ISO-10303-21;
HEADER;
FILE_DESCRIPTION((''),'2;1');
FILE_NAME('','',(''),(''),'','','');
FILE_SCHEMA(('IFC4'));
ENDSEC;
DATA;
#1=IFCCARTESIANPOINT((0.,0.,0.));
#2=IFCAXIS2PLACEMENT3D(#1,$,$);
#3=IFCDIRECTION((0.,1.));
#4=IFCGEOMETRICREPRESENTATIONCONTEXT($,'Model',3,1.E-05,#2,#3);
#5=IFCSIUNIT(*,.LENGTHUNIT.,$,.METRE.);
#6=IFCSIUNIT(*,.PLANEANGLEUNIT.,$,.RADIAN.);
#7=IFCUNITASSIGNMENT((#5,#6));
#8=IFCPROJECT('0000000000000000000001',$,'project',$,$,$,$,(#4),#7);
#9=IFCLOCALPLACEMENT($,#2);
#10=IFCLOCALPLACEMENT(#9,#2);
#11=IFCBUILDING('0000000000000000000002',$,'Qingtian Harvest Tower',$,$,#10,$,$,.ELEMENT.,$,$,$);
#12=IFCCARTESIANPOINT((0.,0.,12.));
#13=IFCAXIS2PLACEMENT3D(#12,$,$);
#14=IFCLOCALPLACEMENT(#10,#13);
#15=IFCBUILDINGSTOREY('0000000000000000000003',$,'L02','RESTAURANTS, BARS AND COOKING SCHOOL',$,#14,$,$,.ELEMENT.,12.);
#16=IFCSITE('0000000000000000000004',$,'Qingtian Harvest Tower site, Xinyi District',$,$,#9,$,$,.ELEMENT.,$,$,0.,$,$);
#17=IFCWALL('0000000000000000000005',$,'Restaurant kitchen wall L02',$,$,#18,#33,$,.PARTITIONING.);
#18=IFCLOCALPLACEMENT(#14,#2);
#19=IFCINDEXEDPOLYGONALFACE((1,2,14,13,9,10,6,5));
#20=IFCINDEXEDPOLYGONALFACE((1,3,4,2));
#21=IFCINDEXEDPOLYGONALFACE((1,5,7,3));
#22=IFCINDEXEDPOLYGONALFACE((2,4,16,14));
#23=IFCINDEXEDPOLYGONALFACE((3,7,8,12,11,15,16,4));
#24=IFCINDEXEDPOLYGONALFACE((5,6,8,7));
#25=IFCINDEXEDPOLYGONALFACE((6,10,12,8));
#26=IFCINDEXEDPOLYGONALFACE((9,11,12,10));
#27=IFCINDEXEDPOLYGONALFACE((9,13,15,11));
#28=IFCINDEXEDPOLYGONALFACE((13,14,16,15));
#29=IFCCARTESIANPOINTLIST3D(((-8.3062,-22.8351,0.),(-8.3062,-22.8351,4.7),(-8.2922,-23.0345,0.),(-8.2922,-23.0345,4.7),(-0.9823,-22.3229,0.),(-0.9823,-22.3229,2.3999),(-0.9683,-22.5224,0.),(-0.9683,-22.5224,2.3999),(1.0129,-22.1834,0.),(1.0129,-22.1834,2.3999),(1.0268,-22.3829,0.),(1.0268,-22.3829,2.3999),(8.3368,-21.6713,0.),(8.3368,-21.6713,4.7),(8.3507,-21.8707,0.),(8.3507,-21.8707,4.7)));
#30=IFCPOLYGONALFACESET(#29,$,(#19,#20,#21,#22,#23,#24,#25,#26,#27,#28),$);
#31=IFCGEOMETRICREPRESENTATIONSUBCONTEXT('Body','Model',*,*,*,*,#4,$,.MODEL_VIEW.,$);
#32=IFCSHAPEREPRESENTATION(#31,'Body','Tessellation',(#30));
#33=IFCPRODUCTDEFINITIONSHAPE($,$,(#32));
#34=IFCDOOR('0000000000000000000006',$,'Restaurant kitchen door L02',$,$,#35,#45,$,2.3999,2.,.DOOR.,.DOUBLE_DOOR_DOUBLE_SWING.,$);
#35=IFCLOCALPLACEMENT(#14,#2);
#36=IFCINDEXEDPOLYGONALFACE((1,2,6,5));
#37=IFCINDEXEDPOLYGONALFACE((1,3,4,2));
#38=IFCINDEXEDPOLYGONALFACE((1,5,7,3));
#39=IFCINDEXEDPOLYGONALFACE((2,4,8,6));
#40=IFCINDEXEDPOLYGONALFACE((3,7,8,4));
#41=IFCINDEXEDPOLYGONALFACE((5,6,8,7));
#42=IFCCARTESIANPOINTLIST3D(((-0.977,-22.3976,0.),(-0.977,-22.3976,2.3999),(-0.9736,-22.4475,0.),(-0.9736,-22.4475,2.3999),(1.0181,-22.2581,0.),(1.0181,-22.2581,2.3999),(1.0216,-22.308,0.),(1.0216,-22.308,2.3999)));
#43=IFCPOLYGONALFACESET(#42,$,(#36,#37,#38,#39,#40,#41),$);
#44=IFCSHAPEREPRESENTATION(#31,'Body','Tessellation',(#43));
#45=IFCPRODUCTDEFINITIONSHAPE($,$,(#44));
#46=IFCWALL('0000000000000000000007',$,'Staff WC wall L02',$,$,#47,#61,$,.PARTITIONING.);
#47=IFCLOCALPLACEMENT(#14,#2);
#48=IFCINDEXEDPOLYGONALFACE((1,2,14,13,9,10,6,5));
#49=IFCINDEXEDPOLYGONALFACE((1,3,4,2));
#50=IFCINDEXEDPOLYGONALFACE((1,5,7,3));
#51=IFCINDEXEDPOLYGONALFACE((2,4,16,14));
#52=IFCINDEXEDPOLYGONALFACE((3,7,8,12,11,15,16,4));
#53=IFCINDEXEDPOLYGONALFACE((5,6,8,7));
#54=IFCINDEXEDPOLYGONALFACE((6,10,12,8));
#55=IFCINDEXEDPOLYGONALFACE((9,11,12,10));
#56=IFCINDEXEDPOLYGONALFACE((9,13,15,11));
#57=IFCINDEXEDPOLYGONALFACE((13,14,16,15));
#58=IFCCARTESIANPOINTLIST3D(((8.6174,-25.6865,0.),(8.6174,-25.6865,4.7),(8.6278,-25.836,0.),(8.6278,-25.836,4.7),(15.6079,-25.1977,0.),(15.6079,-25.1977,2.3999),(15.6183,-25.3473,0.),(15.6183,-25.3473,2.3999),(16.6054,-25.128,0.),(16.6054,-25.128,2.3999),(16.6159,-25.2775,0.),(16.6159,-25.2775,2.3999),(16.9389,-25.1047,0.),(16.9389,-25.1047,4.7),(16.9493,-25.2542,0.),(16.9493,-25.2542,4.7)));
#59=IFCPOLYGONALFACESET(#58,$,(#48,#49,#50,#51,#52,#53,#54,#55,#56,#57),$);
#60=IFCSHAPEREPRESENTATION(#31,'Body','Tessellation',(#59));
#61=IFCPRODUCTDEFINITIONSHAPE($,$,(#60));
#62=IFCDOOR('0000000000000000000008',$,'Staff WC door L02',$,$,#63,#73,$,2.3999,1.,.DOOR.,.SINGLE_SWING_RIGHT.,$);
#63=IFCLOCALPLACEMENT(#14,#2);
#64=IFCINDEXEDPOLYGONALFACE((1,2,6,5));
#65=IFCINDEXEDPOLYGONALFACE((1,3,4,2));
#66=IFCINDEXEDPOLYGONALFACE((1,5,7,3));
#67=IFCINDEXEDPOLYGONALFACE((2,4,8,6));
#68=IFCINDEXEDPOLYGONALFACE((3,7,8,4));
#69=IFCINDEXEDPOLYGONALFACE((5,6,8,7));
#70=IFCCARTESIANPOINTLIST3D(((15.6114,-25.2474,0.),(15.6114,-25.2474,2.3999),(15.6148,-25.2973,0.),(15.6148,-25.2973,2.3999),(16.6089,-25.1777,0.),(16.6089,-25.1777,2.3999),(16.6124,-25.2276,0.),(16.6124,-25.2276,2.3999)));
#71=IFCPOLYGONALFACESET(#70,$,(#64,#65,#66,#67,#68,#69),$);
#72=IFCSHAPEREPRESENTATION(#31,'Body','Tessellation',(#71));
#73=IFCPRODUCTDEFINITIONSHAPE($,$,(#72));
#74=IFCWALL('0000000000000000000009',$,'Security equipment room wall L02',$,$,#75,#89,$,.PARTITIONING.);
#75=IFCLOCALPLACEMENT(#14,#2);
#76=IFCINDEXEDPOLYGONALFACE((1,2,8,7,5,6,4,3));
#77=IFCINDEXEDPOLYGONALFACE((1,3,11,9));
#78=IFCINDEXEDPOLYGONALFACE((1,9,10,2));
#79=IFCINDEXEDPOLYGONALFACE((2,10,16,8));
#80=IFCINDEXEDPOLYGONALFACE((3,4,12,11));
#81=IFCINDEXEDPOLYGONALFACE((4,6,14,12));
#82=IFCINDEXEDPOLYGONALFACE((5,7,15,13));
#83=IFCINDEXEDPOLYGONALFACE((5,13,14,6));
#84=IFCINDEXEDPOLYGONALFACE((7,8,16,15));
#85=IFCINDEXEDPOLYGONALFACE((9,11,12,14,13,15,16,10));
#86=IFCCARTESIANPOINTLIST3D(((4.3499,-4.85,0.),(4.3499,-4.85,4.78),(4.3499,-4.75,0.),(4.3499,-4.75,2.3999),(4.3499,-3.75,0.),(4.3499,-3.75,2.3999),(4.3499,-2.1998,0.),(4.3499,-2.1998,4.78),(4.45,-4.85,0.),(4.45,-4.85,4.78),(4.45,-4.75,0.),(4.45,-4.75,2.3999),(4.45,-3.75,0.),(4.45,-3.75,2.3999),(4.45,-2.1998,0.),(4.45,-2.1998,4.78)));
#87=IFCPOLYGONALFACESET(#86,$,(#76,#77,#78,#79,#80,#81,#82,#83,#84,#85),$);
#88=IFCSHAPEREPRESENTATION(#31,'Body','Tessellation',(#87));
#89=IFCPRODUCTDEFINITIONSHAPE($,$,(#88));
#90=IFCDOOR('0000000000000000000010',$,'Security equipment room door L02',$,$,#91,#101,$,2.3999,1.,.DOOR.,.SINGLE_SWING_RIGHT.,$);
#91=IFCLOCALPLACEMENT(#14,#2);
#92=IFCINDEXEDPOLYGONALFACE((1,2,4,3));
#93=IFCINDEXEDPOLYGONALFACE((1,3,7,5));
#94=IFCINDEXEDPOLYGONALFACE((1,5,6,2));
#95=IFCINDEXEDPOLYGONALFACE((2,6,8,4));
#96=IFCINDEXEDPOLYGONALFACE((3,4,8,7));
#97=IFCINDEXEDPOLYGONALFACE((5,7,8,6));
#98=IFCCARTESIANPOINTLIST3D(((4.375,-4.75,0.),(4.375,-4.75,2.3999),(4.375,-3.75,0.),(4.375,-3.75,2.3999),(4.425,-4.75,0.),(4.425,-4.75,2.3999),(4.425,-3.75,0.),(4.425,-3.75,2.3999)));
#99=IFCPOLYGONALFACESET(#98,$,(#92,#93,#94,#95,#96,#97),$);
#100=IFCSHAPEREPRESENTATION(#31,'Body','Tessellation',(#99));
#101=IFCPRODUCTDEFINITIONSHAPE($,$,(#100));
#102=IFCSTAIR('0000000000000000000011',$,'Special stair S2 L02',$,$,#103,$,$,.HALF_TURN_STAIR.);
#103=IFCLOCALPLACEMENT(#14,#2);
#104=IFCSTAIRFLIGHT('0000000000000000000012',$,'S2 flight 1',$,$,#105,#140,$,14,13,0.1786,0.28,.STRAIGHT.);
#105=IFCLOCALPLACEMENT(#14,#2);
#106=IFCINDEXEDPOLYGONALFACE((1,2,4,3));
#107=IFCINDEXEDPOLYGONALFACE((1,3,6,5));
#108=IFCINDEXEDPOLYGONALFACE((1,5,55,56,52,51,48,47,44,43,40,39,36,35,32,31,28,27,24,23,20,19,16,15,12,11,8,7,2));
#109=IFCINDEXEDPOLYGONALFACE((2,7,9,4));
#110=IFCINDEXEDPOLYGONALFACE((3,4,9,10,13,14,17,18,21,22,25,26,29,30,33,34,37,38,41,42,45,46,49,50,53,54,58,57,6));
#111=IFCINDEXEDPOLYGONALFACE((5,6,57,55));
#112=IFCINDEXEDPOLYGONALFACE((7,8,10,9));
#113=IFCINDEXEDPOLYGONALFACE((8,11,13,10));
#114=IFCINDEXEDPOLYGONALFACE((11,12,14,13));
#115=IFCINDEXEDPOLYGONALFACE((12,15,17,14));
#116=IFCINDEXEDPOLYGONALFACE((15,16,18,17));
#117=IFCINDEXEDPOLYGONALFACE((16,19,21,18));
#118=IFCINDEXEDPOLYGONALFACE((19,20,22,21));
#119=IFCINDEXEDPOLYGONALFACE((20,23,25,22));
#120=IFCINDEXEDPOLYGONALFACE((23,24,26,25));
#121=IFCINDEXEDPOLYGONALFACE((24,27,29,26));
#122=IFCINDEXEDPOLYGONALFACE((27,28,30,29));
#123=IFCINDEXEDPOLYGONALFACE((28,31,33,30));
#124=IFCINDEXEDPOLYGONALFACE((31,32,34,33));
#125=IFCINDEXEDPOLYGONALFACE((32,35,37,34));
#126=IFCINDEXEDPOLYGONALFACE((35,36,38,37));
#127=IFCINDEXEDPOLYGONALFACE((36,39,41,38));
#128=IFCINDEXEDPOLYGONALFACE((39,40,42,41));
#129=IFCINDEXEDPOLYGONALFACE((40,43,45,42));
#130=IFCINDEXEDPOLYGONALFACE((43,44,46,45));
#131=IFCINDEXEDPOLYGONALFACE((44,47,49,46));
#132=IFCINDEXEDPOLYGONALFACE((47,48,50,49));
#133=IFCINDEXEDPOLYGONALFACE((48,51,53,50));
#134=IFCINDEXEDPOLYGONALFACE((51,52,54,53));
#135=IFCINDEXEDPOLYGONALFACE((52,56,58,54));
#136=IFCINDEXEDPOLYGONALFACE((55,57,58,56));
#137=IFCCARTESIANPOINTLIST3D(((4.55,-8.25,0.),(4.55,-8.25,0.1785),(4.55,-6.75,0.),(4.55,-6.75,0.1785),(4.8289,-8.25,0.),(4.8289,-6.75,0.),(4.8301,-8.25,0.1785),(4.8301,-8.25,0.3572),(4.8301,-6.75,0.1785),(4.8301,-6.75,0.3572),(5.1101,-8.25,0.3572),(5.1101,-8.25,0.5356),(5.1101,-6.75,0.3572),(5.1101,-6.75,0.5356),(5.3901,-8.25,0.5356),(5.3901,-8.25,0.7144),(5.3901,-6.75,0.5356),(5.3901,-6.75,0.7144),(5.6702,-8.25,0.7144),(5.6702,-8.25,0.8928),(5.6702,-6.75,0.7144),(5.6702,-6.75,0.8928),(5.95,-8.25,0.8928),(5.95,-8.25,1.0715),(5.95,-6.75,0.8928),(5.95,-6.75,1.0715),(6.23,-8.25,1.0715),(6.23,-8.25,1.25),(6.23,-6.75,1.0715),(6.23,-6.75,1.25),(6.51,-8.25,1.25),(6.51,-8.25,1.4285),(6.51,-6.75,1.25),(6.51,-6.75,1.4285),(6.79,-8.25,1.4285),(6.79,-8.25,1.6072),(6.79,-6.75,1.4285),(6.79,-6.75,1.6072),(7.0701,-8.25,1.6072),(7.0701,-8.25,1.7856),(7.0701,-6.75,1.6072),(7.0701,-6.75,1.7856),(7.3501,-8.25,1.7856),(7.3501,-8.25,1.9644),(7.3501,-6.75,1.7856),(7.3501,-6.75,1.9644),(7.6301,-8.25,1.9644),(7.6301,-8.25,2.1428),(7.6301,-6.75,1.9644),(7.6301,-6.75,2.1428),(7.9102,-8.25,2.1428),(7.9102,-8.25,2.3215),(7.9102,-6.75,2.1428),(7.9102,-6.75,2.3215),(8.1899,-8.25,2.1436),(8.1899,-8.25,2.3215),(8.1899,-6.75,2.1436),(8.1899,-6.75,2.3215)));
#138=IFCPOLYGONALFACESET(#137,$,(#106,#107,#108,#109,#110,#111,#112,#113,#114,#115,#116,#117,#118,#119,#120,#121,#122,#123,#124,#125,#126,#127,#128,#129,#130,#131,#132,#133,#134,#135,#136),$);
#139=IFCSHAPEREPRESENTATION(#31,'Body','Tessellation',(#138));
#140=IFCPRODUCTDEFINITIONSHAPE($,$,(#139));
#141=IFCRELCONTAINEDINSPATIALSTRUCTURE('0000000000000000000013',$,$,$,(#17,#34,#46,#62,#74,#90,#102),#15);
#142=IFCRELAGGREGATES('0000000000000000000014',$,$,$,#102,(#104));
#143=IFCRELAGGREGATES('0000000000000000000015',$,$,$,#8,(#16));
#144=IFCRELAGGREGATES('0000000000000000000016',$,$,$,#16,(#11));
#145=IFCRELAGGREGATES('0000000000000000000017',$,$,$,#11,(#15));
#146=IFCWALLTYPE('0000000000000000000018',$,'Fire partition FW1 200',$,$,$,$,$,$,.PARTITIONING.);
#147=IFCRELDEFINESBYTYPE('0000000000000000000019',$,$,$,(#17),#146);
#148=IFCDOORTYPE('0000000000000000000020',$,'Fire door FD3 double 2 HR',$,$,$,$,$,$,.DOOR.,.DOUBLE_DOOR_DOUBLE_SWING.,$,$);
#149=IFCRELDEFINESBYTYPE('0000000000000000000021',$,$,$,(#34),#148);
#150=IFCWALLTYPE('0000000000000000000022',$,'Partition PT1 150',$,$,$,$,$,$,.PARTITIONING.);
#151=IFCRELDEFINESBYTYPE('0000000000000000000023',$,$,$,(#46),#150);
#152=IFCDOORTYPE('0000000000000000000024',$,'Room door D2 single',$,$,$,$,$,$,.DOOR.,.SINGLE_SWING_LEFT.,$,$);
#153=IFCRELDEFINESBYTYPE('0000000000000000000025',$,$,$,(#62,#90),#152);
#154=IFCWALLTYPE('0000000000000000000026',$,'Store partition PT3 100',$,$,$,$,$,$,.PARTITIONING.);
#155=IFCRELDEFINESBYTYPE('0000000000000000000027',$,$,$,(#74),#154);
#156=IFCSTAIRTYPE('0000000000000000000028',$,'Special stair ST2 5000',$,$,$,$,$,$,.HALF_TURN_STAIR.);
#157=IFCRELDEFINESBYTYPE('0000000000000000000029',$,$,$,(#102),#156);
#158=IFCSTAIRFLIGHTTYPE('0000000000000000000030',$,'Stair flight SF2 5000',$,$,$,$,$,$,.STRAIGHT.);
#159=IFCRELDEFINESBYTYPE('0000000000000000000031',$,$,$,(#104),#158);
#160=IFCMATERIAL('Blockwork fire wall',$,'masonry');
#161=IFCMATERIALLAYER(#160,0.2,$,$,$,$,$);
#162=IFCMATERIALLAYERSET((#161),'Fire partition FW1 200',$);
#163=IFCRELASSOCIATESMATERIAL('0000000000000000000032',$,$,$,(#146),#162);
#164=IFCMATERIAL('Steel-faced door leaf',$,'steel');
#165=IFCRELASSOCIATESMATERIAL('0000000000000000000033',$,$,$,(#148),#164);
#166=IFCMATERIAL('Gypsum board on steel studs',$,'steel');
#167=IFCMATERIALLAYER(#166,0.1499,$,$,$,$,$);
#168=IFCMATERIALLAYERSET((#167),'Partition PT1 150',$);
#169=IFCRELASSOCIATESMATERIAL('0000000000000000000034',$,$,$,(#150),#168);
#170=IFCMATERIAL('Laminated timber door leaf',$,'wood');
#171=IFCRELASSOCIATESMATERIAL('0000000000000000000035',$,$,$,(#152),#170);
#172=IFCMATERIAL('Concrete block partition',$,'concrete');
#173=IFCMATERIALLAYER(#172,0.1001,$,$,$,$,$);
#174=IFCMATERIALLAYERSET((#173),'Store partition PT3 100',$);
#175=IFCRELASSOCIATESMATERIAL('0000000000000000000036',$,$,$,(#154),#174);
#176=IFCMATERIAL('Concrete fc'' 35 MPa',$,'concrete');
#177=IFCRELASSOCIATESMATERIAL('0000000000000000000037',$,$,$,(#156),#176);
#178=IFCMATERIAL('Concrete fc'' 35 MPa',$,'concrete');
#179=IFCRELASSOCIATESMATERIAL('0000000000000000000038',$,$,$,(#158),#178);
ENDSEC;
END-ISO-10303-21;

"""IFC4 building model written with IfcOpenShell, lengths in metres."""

from ifc_helpers import new_model, si_unit, direction, frame, frame_2d, origin, place, context, subcontext, project, spatial, polyline, rectangle, outline, extrude, material, layer, layer_set, type_object, element, fill, aggregate, save


model = new_model("IFC4")

# Units and contexts
model_context = context("Model", 3, precision=1e-05, world=origin(), true_north=direction((0.0, 1.0)))
body_context = subcontext(model_context, "Body", "Model", "MODEL_VIEW")
ifc_project = project(units=[si_unit("LENGTHUNIT", "METRE"), si_unit("PLANEANGLEUNIT", "RADIAN")], contexts=[model_context])

# Site, building, storey
site_placement = place(None, origin())
site = spatial("IfcSite", under=ifc_project, at=site_placement, Name="Qingtian Harvest Tower site, Xinyi District", CompositionType="ELEMENT", RefElevation=0.0)
building_placement = place(site_placement, origin())
building = spatial("IfcBuilding", under=site, at=building_placement, Name="Qingtian Harvest Tower", CompositionType="ELEMENT")
storey_placement = place(building_placement, frame((0.0, 0.0, 12.0)))
storey = spatial("IfcBuildingStorey", under=building, at=storey_placement, Name="L02", Description="RESTAURANTS, BARS AND COOKING SCHOOL", CompositionType="ELEMENT", Elevation=12.0)

# Walls, openings, doors
ifc_material_1 = material(Name="Blockwork fire wall", Category="masonry")
ifc_layer_1 = layer(ifc_material_1, 0.2)
ifc_layer_set_1 = layer_set([ifc_layer_1], Name="Fire partition FW1 200")
wall_type_1 = type_object("IfcWallType", Name="Fire partition FW1 200", PredefinedType="PARTITIONING", material=ifc_layer_set_1)
wall_1_placement = place(storey_placement, frame((8.3438, -21.771, 0.0), z_axis=(0.0, 0.0, 1.0), x_axis=(-0.997564, -0.069758, 0.0)))
wall_1 = element("IfcWall", 1, at=wall_1_placement, inside=storey, type_object=wall_type_1, Name="Restaurant kitchen wall L02", PredefinedType="PARTITIONING", context=body_context, shape_type="SweptSolid", body=[
    extrude(rectangle(XDim=16.6836, YDim=0.2, at=frame_2d((8.3418, 0.0))), origin(), (0.0, 0.0, 1.0), 4.7),
])
opening_1_placement = place(wall_1_placement, frame((7.3418, 0.0, 0.0)))
opening_1 = element("IfcOpeningElement", 2, at=opening_1_placement, cuts=wall_1, PredefinedType="OPENING", context=body_context, shape_type="SweptSolid", body=[
    extrude(rectangle(XDim=2.0, YDim=2.3999, at=frame_2d((1.0, 1.2))), frame((0.0, 0.1099, 0.0), z_axis=(0.0, -1.0, 0.0), x_axis=(1.0, 0.0, 0.0)), (0.0, 0.0, 1.0), 0.22),
])
ifc_material_2 = material(Name="Steel-faced door leaf", Category="steel")
door_type_1 = type_object("IfcDoorType", Name="Fire door FD3 double 2 HR", OperationType="DOUBLE_DOOR_DOUBLE_SWING", PredefinedType="DOOR", material=ifc_material_2)
door_1_placement = place(opening_1_placement, origin())
door_1 = element("IfcDoor", 3, at=door_1_placement, inside=storey, type_object=door_type_1, Name="Restaurant kitchen door L02", OperationType="DOUBLE_DOOR_DOUBLE_SWING", OverallHeight=2.3999, OverallWidth=2.0, PredefinedType="DOOR", context=body_context, shape_type="SweptSolid", body=[
    extrude(rectangle(XDim=2.0, YDim=2.3999, at=frame_2d((1.0, 1.2))), frame((0.0, 0.0249, 0.0), z_axis=(0.0, -1.0, 0.0), x_axis=(1.0, 0.0, 0.0)), (0.0, 0.0, 1.0), 0.05),
])
fill(opening_1, door_1)
ifc_material_3 = material(Name="Gypsum board on steel studs", Category="steel")
ifc_layer_2 = layer(ifc_material_3, 0.1499)
ifc_layer_set_2 = layer_set([ifc_layer_2], Name="Partition PT1 150")
wall_type_2 = type_object("IfcWallType", Name="Partition PT1 150", PredefinedType="PARTITIONING", material=ifc_layer_set_2)
wall_2_placement = place(storey_placement, frame((16.9441, -25.1794, 0.0), z_axis=(0.0, 0.0, 1.0), x_axis=(-0.997565, -0.069743, 0.0)))
wall_2 = element("IfcWall", 4, at=wall_2_placement, inside=storey, type_object=wall_type_2, Name="Staff WC wall L02", PredefinedType="PARTITIONING", context=body_context, shape_type="SweptSolid", body=[
    extrude(rectangle(XDim=8.3418, YDim=0.1499, at=frame_2d((4.1709, 0.0))), origin(), (0.0, 0.0, 1.0), 4.7),
])
opening_2_placement = place(wall_2_placement, frame((0.3342, 0.0, 0.0)))
opening_2 = element("IfcOpeningElement", 5, at=opening_2_placement, cuts=wall_2, PredefinedType="OPENING", context=body_context, shape_type="SweptSolid", body=[
    extrude(rectangle(XDim=1.0, YDim=2.3999, at=frame_2d((0.5, 1.2))), frame((0.0, 0.085, 0.0), z_axis=(0.0, -1.0, 0.0), x_axis=(1.0, 0.0, 0.0)), (0.0, 0.0, 1.0), 0.1699),
])
ifc_material_4 = material(Name="Laminated timber door leaf", Category="wood")
door_type_2 = type_object("IfcDoorType", Name="Room door D2 single", OperationType="SINGLE_SWING_LEFT", PredefinedType="DOOR", material=ifc_material_4)
door_2_placement = place(opening_2_placement, origin())
door_2 = element("IfcDoor", 6, at=door_2_placement, inside=storey, type_object=door_type_2, Name="Staff WC door L02", OperationType="SINGLE_SWING_RIGHT", OverallHeight=2.3999, OverallWidth=1.0, PredefinedType="DOOR", context=body_context, shape_type="SweptSolid", body=[
    extrude(rectangle(XDim=1.0, YDim=2.3999, at=frame_2d((0.5, 1.2))), frame((0.0, 0.0249, 0.0), z_axis=(0.0, -1.0, 0.0), x_axis=(1.0, 0.0, 0.0)), (0.0, 0.0, 1.0), 0.05),
])
fill(opening_2, door_2)
ifc_material_5 = material(Name="Concrete block partition", Category="concrete")
ifc_layer_3 = layer(ifc_material_5, 0.1001)
ifc_layer_set_3 = layer_set([ifc_layer_3], Name="Store partition PT3 100")
wall_type_3 = type_object("IfcWallType", Name="Store partition PT3 100", PredefinedType="PARTITIONING", material=ifc_layer_set_3)
wall_3_placement = place(storey_placement, frame((4.3999, -4.8501, 0.0), z_axis=(0.0, 0.0, 1.0), x_axis=(0.0, 1.0, 0.0)))
wall_3 = element("IfcWall", 7, at=wall_3_placement, inside=storey, type_object=wall_type_3, Name="Security equipment room wall L02", PredefinedType="PARTITIONING", context=body_context, shape_type="SweptSolid", body=[
    extrude(rectangle(XDim=2.6501, YDim=0.1001, at=frame_2d((1.3252, 0.0))), origin(), (0.0, 0.0, 1.0), 4.78),
])
opening_3_placement = place(wall_3_placement, frame((0.1001, 0.0, 0.0)))
opening_3 = element("IfcOpeningElement", 8, at=opening_3_placement, cuts=wall_3, PredefinedType="OPENING", context=body_context, shape_type="SweptSolid", body=[
    extrude(rectangle(XDim=1.0, YDim=2.3999, at=frame_2d((0.5, 1.2))), frame((0.0, 0.0601, 0.0), z_axis=(0.0, -1.0, 0.0), x_axis=(1.0, 0.0, 0.0)), (0.0, 0.0, 1.0), 0.1201),
])
door_3_placement = place(opening_3_placement, origin())
door_3 = element("IfcDoor", 9, at=door_3_placement, inside=storey, type_object=door_type_2, Name="Security equipment room door L02", OperationType="SINGLE_SWING_RIGHT", OverallHeight=2.3999, OverallWidth=1.0, PredefinedType="DOOR", context=body_context, shape_type="SweptSolid", body=[
    extrude(rectangle(XDim=1.0, YDim=2.3999, at=frame_2d((0.5, 1.2))), frame((0.0, 0.0249, 0.0), z_axis=(0.0, -1.0, 0.0), x_axis=(1.0, 0.0, 0.0)), (0.0, 0.0, 1.0), 0.05),
])
fill(opening_3, door_3)

# Stair, stair flight
ifc_material_6 = material(Name="Concrete fc' 35 MPa", Category="concrete")
stair_type = type_object("IfcStairType", Name="Special stair ST2 5000", PredefinedType="HALF_TURN_STAIR", material=ifc_material_6)
stair_placement = place(storey_placement, origin())
stair = element("IfcStair", 10, at=stair_placement, inside=storey, type_object=stair_type, Name="Special stair S2 L02", PredefinedType="HALF_TURN_STAIR")
ifc_material_7 = material(Name="Concrete fc' 35 MPa", Category="concrete")
stair_flight_type = type_object("IfcStairFlightType", Name="Stair flight SF2 5000", PredefinedType="STRAIGHT", material=ifc_material_7)
stair_flight_1_placement = place(storey_placement, frame((4.55, -7.5, 0.0), z_axis=(0.0, 0.0, 1.0), x_axis=(1.0, 0.0, 0.0)))
stair_flight_1 = element("IfcStairFlight", 11, at=stair_flight_1_placement, type_object=stair_flight_type, Name="S2 flight 1", NumberOfRisers=14, NumberOfTreads=13, PredefinedType="STRAIGHT", RiserHeight=0.1786, TreadLength=0.28, context=body_context, shape_type="SweptSolid", body=[
    extrude(outline(polyline([(0.0, 0.0), (0.0, 0.1785), (0.28, 0.1785), (0.28, 0.3572), (0.5601, 0.3572), (0.5601, 0.5356), (0.8401, 0.5356), (0.8401, 0.7144), (1.1201, 0.7144), (1.1201, 0.8928), (1.3999, 0.8928), (1.3999, 1.0715), (1.6799, 1.0715), (1.6799, 1.25), (1.96, 1.25), (1.96, 1.4285), (2.24, 1.4285), (2.24, 1.6072), (2.52, 1.6072), (2.52, 1.7856), (2.8, 1.7856), (2.8, 1.9644), (3.0801, 1.9644), (3.0801, 2.1428), (3.3601, 2.1428), (3.3601, 2.3215), (3.6399, 2.3215), (3.6399, 2.5), (3.6399, 2.1436), (0.2788, 0.0), (0.0, 0.0)])), frame((0.0, 0.75, 0.0), z_axis=(0.0, -1.0, 0.0), x_axis=(1.0, 0.0, 0.0)), (0.0, 0.0, 1.0), 1.5),
])
aggregate(stair, [stair_flight_1])

save(model, "model.ifc")
